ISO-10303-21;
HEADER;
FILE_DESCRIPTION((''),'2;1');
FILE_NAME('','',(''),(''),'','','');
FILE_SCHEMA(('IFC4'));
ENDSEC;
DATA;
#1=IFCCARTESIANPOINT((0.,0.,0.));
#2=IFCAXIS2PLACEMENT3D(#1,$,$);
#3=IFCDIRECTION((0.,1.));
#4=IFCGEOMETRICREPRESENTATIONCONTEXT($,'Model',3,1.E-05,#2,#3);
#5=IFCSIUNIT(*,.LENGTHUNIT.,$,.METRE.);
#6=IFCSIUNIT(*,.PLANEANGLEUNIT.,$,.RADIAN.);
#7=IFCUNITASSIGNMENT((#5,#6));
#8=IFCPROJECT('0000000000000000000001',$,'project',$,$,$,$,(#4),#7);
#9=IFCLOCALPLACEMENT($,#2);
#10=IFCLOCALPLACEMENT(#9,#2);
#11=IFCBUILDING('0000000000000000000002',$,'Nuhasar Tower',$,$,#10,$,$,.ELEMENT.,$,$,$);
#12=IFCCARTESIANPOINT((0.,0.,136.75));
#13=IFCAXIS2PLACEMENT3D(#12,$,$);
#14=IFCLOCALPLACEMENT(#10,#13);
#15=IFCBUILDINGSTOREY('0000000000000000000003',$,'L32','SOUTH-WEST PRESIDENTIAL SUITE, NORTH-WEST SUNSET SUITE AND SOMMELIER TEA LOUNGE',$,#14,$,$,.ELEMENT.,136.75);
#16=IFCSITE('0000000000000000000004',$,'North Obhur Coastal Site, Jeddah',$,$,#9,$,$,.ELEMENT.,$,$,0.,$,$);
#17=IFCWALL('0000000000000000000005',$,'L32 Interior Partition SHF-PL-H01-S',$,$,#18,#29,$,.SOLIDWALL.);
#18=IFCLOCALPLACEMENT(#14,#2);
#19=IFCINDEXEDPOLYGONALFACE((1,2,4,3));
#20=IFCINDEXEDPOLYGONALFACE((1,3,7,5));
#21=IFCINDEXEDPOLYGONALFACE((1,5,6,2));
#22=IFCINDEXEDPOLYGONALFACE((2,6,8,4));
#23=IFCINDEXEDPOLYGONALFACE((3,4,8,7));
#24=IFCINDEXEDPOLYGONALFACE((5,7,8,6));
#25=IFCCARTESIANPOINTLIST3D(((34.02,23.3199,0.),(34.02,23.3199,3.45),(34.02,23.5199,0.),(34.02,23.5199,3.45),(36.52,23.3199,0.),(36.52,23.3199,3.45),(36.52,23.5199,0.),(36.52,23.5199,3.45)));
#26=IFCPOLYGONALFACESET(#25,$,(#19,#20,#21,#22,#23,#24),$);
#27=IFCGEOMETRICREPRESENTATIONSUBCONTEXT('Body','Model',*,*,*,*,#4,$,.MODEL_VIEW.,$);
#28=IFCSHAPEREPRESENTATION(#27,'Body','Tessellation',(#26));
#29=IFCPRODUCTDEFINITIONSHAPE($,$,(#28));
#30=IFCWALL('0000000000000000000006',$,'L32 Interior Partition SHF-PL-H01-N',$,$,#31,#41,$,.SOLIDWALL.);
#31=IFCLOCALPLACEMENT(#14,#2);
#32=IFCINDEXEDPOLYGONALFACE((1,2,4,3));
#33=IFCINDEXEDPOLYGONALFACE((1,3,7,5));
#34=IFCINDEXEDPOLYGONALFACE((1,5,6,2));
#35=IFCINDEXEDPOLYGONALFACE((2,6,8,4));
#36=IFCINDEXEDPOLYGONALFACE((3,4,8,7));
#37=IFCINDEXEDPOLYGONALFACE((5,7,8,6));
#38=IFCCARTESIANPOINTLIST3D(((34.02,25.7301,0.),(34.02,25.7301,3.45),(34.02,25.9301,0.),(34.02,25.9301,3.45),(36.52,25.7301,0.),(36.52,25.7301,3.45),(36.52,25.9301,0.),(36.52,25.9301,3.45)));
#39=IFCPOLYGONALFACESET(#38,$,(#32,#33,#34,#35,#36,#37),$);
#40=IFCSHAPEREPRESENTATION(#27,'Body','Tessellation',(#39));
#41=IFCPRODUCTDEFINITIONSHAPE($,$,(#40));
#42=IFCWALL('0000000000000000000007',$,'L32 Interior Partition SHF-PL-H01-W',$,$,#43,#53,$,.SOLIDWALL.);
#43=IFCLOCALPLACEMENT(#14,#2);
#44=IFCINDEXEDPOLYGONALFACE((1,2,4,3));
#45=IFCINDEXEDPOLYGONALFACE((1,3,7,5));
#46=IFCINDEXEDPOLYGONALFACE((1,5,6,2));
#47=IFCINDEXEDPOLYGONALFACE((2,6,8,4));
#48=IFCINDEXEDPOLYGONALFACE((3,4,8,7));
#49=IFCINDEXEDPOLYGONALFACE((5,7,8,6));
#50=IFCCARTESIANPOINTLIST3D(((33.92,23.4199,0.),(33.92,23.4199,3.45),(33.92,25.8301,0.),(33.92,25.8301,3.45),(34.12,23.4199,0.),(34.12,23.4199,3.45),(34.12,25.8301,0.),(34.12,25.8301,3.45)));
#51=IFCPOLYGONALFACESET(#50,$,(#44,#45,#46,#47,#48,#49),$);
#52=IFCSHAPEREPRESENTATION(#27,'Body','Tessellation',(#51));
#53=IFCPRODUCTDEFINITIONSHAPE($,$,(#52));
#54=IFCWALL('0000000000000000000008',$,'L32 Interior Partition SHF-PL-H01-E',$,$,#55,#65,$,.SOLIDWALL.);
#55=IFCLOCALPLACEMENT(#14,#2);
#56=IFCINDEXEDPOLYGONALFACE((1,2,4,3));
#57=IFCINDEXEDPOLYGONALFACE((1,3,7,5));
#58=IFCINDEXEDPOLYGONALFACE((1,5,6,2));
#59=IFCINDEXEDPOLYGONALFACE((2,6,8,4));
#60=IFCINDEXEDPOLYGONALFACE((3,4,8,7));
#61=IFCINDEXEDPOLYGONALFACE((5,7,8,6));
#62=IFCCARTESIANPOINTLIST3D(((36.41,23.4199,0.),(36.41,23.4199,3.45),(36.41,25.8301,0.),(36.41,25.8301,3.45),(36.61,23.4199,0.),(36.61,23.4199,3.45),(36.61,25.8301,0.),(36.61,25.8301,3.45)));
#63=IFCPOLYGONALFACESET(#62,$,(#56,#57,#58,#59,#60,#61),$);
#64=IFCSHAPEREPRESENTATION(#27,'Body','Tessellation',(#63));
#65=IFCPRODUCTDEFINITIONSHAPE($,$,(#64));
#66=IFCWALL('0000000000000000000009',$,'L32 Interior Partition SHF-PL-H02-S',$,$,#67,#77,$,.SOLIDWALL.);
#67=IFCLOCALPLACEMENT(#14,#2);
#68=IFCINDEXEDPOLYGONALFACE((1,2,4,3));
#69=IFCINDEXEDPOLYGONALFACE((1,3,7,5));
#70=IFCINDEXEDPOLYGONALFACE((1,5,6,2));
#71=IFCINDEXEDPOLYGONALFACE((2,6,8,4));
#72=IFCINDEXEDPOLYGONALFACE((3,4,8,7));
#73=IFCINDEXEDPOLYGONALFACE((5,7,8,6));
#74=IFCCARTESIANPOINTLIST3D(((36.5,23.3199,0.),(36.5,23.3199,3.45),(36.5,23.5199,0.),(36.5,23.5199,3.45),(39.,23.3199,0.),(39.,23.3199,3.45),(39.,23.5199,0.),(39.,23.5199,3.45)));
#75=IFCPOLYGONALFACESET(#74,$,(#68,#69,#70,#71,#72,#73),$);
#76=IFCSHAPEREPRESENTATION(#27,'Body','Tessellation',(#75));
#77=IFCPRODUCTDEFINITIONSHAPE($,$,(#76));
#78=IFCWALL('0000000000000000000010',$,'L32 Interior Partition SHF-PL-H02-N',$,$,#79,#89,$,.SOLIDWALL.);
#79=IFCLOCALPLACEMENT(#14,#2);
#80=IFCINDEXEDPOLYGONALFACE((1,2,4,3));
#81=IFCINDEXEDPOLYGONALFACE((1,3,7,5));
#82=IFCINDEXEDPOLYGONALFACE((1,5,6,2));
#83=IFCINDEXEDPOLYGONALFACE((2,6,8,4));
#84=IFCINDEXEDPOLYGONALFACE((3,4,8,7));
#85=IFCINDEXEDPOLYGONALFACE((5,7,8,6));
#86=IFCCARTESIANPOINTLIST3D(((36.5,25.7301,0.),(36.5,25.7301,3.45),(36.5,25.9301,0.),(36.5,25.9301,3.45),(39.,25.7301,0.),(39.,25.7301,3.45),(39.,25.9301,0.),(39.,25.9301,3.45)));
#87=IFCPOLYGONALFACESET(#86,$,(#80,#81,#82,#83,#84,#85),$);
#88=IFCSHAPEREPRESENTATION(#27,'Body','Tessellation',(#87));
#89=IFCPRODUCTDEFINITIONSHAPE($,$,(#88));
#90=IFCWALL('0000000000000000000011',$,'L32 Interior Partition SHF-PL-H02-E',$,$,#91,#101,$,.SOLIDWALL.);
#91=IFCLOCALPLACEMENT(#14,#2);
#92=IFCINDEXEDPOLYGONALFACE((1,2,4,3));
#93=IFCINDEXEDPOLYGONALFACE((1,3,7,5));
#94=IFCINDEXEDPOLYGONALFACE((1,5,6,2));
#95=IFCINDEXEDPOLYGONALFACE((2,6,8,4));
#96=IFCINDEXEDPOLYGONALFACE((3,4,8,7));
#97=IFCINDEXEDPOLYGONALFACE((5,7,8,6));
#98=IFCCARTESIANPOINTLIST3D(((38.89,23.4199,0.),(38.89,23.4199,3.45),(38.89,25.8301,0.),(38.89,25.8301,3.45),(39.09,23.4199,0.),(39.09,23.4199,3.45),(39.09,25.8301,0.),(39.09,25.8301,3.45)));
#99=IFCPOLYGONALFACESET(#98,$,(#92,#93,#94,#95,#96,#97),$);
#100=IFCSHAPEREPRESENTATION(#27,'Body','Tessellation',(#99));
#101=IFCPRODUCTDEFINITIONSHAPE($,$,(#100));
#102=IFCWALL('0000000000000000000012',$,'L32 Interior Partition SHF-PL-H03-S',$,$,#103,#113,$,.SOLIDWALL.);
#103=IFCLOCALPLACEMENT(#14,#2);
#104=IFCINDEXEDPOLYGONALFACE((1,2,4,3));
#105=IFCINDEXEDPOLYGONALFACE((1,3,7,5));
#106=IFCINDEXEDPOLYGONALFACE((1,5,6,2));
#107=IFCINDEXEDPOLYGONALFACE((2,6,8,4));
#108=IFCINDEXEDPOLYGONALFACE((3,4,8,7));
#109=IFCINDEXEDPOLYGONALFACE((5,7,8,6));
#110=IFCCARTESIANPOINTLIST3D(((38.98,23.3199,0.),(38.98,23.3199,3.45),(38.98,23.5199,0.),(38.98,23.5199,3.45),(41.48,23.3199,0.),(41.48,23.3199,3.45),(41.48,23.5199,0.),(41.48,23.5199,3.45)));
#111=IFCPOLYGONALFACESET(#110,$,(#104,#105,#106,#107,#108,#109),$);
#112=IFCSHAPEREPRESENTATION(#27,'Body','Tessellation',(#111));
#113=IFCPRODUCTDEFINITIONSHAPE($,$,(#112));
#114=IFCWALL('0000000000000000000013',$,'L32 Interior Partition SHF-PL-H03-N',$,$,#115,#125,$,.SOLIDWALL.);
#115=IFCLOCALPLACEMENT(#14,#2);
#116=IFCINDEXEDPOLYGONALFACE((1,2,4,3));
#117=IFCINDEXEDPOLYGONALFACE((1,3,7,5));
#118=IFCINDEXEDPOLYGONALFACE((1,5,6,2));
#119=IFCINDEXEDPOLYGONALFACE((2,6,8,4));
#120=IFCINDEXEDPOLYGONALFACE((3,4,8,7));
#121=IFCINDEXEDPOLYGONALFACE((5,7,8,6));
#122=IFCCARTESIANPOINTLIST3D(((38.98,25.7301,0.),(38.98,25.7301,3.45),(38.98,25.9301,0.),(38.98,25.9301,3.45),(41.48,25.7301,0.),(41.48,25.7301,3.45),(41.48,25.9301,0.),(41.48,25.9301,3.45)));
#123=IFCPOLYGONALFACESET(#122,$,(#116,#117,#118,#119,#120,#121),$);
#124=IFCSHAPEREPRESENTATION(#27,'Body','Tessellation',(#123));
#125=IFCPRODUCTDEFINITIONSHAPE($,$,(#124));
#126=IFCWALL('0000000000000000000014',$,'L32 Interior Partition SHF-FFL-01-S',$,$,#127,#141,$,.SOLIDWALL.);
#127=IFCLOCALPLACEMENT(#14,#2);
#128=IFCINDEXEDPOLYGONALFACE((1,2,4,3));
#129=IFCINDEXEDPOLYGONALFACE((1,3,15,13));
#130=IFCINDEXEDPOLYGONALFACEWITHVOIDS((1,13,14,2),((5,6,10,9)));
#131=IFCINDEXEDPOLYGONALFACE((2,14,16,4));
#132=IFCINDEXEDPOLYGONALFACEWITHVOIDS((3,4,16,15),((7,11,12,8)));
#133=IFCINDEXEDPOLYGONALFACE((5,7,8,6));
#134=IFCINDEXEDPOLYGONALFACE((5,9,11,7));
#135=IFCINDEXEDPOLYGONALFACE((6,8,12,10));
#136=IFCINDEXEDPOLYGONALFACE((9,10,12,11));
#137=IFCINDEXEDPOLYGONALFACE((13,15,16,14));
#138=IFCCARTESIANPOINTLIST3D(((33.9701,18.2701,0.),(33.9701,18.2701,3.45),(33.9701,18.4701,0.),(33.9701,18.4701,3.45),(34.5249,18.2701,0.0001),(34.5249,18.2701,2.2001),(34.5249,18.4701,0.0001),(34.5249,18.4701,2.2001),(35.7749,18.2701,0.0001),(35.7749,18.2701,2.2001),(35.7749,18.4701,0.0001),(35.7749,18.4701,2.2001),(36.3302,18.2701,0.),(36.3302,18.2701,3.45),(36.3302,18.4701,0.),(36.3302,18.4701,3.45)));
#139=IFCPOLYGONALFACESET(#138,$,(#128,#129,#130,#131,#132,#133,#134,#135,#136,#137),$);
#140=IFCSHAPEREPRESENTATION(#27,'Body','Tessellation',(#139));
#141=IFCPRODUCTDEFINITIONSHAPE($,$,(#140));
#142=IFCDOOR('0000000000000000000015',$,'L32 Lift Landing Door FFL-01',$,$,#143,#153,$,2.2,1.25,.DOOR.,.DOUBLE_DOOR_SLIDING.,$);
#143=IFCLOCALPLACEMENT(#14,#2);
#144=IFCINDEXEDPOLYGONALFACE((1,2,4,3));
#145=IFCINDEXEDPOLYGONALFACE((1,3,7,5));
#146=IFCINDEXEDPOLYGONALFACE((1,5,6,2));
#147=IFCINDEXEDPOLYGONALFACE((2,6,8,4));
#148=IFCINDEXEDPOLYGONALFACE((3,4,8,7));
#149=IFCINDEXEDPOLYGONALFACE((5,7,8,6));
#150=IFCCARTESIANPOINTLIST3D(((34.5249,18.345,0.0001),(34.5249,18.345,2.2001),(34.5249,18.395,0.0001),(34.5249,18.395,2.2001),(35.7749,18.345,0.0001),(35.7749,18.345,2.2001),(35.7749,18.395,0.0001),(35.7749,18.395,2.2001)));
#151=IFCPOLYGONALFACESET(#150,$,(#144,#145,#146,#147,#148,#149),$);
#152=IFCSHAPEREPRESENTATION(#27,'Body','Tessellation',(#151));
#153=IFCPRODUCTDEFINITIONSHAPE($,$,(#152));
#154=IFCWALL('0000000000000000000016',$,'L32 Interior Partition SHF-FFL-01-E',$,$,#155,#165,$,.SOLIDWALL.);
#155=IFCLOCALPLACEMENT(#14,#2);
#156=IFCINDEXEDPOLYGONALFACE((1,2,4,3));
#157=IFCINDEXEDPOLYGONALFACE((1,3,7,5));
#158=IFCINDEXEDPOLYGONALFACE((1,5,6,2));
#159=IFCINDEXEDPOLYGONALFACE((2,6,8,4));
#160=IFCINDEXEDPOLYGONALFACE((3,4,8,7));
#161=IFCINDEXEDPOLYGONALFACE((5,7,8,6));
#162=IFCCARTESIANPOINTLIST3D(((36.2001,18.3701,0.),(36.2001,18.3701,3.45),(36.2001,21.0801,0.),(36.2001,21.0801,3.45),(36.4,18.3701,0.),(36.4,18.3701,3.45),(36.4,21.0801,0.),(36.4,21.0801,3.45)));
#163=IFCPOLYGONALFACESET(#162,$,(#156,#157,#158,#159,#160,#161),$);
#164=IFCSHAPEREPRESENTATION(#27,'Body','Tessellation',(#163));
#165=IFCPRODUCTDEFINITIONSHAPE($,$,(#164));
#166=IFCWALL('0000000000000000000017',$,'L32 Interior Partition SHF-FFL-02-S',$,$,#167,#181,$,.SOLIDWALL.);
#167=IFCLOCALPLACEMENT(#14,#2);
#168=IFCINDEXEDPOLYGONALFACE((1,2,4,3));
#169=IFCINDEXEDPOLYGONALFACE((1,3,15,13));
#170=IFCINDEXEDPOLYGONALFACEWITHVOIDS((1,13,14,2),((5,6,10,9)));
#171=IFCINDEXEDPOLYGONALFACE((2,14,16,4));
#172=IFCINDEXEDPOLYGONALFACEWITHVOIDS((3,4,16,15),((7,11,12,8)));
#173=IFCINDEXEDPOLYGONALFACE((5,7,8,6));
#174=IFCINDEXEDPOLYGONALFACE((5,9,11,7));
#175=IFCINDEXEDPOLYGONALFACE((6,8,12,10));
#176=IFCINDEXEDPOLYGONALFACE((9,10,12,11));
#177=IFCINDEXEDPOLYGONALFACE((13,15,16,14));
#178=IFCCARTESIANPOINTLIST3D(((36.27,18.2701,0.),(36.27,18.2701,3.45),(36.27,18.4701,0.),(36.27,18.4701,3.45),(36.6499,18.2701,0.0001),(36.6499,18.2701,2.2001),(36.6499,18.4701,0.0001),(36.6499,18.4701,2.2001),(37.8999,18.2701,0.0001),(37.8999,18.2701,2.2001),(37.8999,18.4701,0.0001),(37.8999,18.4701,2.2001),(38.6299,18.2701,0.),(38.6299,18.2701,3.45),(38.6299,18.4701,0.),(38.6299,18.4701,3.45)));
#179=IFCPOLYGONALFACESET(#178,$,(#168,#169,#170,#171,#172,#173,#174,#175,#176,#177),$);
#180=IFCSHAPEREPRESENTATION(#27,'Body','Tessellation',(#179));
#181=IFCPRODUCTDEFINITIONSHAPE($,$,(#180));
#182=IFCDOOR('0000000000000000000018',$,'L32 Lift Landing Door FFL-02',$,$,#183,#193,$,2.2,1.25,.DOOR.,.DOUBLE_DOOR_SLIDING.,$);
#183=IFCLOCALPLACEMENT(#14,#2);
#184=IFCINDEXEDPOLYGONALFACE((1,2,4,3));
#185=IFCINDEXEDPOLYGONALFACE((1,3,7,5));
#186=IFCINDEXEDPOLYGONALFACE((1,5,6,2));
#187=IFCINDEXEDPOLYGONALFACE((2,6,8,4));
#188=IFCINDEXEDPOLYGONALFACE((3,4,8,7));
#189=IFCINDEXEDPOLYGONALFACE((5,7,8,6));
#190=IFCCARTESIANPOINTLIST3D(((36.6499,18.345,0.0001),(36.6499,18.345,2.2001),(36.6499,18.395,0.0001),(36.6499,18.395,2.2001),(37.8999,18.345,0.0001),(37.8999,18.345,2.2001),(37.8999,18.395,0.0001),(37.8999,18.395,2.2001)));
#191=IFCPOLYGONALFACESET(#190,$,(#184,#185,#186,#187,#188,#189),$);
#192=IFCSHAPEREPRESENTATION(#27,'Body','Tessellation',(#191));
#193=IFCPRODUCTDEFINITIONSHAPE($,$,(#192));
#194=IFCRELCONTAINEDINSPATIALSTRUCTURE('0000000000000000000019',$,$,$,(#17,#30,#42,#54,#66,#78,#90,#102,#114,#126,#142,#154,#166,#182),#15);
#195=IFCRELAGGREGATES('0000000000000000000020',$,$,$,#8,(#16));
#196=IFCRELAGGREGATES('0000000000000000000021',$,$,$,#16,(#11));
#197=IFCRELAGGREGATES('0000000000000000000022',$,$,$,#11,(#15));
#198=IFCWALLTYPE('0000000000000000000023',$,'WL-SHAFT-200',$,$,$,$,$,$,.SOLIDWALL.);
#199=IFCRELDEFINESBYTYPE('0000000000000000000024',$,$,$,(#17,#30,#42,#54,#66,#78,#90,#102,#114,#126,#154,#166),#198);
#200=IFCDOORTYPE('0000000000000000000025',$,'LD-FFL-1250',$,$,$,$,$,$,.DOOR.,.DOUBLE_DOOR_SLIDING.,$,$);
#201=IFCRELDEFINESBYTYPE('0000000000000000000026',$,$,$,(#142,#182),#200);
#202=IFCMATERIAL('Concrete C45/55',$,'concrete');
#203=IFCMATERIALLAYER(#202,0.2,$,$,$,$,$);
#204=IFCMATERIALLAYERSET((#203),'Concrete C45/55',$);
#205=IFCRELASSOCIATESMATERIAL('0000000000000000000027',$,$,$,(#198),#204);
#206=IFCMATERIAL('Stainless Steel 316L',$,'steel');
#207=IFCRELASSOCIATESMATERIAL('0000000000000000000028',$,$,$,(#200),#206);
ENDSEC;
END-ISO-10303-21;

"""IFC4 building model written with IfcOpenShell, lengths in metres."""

from ifc_helpers import new_model, si_unit, direction, frame, frame_2d, origin, place, context, subcontext, project, spatial, rectangle, extrude, material, layer, layer_set, type_object, element, fill, save


model = new_model("IFC4")

# Units and contexts
model_context = context("Model", 3, precision=1e-05, world=origin(), true_north=direction((0.0, 1.0)))
body_context = subcontext(model_context, "Body", "Model", "MODEL_VIEW")
ifc_project = project(units=[si_unit("LENGTHUNIT", "METRE"), si_unit("PLANEANGLEUNIT", "RADIAN")], contexts=[model_context])

# Site, building, storey
site_placement = place(None, origin())
site = spatial("IfcSite", under=ifc_project, at=site_placement, Name="North Obhur Coastal Site, Jeddah", CompositionType="ELEMENT", RefElevation=0.0)
building_placement = place(site_placement, origin())
building = spatial("IfcBuilding", under=site, at=building_placement, Name="Nuhasar Tower", CompositionType="ELEMENT")
storey_placement = place(building_placement, frame((0.0, 0.0, 136.75)))
storey = spatial("IfcBuildingStorey", under=building, at=storey_placement, Name="L32", Description="SOUTH-WEST PRESIDENTIAL SUITE, NORTH-WEST SUNSET SUITE AND SOMMELIER TEA LOUNGE", CompositionType="ELEMENT", Elevation=136.75)

# Shared definitions
ifc_material_1 = material(Name="Concrete C45/55", Category="concrete")

# Walls
ifc_layer_1 = layer(ifc_material_1, 0.2)
ifc_layer_set_1 = layer_set([ifc_layer_1], Name="Concrete C45/55")
wall_type_1 = type_object("IfcWallType", Name="WL-SHAFT-200", PredefinedType="SOLIDWALL", material=ifc_layer_set_1)
for number, where, z_axis, x_axis, name in (
    (1, (34.02, 23.4199, 0.0), (0.0, 0.0, 1.0), (1.0, 0.0, 0.0), "L32 Interior Partition SHF-PL-H01-S"),
    (2, (34.02, 25.8301, 0.0), (0.0, 0.0, 1.0), (1.0, 0.0, 0.0), "L32 Interior Partition SHF-PL-H01-N"),
):
    element("IfcWall", number, at=place(storey_placement, frame(where, z_axis=z_axis, x_axis=x_axis)), inside=storey, type_object=wall_type_1, Name=name, PredefinedType="SOLIDWALL", context=body_context, shape_type="SweptSolid", body=[
        extrude(rectangle(XDim=2.5, YDim=0.2, at=frame_2d((1.25, 0.0))), origin(), (0.0, 0.0, 1.0), 3.45),
    ])
for number, where, z_axis, x_axis, name in (
    (3, (34.02, 23.4199, 0.0), (0.0, 0.0, 1.0), (0.0, 1.0, 0.0), "L32 Interior Partition SHF-PL-H01-W"),
    (4, (36.51, 23.4199, 0.0), (0.0, 0.0, 1.0), (0.0, 1.0, 0.0), "L32 Interior Partition SHF-PL-H01-E"),
):
    element("IfcWall", number, at=place(storey_placement, frame(where, z_axis=z_axis, x_axis=x_axis)), inside=storey, type_object=wall_type_1, Name=name, PredefinedType="SOLIDWALL", context=body_context, shape_type="SweptSolid", body=[
        extrude(rectangle(XDim=2.4102, YDim=0.2, at=frame_2d((1.2051, 0.0))), origin(), (0.0, 0.0, 1.0), 3.45),
    ])
for number, where, z_axis, x_axis, name in (
    (5, (36.5, 23.4199, 0.0), (0.0, 0.0, 1.0), (1.0, 0.0, 0.0), "L32 Interior Partition SHF-PL-H02-S"),
    (6, (36.5, 25.8301, 0.0), (0.0, 0.0, 1.0), (1.0, 0.0, 0.0), "L32 Interior Partition SHF-PL-H02-N"),
):
    element("IfcWall", number, at=place(storey_placement, frame(where, z_axis=z_axis, x_axis=x_axis)), inside=storey, type_object=wall_type_1, Name=name, PredefinedType="SOLIDWALL", context=body_context, shape_type="SweptSolid", body=[
        extrude(rectangle(XDim=2.5, YDim=0.2, at=frame_2d((1.25, 0.0))), origin(), (0.0, 0.0, 1.0), 3.45),
    ])
wall_1_placement = place(storey_placement, frame((38.99, 23.4199, 0.0), z_axis=(0.0, 0.0, 1.0), x_axis=(0.0, 1.0, 0.0)))
element("IfcWall", 7, at=wall_1_placement, inside=storey, type_object=wall_type_1, Name="L32 Interior Partition SHF-PL-H02-E", PredefinedType="SOLIDWALL", context=body_context, shape_type="SweptSolid", body=[
    extrude(rectangle(XDim=2.4102, YDim=0.2, at=frame_2d((1.2051, 0.0))), origin(), (0.0, 0.0, 1.0), 3.45),
])
for number, where, z_axis, x_axis, name in (
    (8, (38.98, 23.4199, 0.0), (0.0, 0.0, 1.0), (1.0, 0.0, 0.0), "L32 Interior Partition SHF-PL-H03-S"),
    (9, (38.98, 25.8301, 0.0), (0.0, 0.0, 1.0), (1.0, 0.0, 0.0), "L32 Interior Partition SHF-PL-H03-N"),
):
    element("IfcWall", number, at=place(storey_placement, frame(where, z_axis=z_axis, x_axis=x_axis)), inside=storey, type_object=wall_type_1, Name=name, PredefinedType="SOLIDWALL", context=body_context, shape_type="SweptSolid", body=[
        extrude(rectangle(XDim=2.5, YDim=0.2, at=frame_2d((1.25, 0.0))), origin(), (0.0, 0.0, 1.0), 3.45),
    ])

# Wall, opening, door
wall_2_placement = place(storey_placement, frame((33.97, 18.3701, 0.0), z_axis=(0.0, 0.0, 1.0), x_axis=(1.0, 0.0, 0.0)))
wall_2 = element("IfcWall", 10, at=wall_2_placement, inside=storey, type_object=wall_type_1, Name="L32 Interior Partition SHF-FFL-01-S", PredefinedType="SOLIDWALL", context=body_context, shape_type="SweptSolid", body=[
    extrude(rectangle(XDim=2.3601, YDim=0.2, at=frame_2d((1.1802, 0.0))), origin(), (0.0, 0.0, 1.0), 3.45),
])
opening_1_placement = place(wall_2_placement, frame((0.5549, 0.0, 0.0)))
opening_1 = element("IfcOpeningElement", 11, at=opening_1_placement, cuts=wall_2, PredefinedType="OPENING", context=body_context, shape_type="SweptSolid", body=[
    extrude(rectangle(XDim=1.25, YDim=2.2, at=frame_2d((0.625, 1.1001))), frame((0.0, 0.1099, 0.0), z_axis=(0.0, -1.0, 0.0), x_axis=(1.0, 0.0, 0.0)), (0.0, 0.0, 1.0), 0.22),
])
ifc_material_2 = material(Name="Stainless Steel 316L", Category="steel")
door_type_1 = type_object("IfcDoorType", Name="LD-FFL-1250", OperationType="DOUBLE_DOOR_SLIDING", PredefinedType="DOOR", material=ifc_material_2)
door_1_placement = place(opening_1_placement, origin())
door_1 = element("IfcDoor", 12, at=door_1_placement, inside=storey, type_object=door_type_1, Name="L32 Lift Landing Door FFL-01", OperationType="DOUBLE_DOOR_SLIDING", OverallHeight=2.2, OverallWidth=1.25, PredefinedType="DOOR", context=body_context, shape_type="SweptSolid", body=[
    extrude(rectangle(XDim=1.25, YDim=2.2, at=frame_2d((0.625, 1.1001))), frame((0.0, 0.0249, 0.0), z_axis=(0.0, -1.0, 0.0), x_axis=(1.0, 0.0, 0.0)), (0.0, 0.0, 1.0), 0.05),
])
fill(opening_1, door_1)

# Wall
wall_3_placement = place(storey_placement, frame((36.3, 18.3701, 0.0), z_axis=(0.0, 0.0, 1.0), x_axis=(0.0, 1.0, 0.0)))
element("IfcWall", 13, at=wall_3_placement, inside=storey, type_object=wall_type_1, Name="L32 Interior Partition SHF-FFL-01-E", PredefinedType="SOLIDWALL", context=body_context, shape_type="SweptSolid", body=[
    extrude(rectangle(XDim=2.71, YDim=0.2, at=frame_2d((1.355, 0.0))), origin(), (0.0, 0.0, 1.0), 3.45),
])

# Wall, opening, door
wall_4_placement = place(storey_placement, frame((36.27, 18.3701, 0.0), z_axis=(0.0, 0.0, 1.0), x_axis=(1.0, 0.0, 0.0)))
wall_4 = element("IfcWall", 14, at=wall_4_placement, inside=storey, type_object=wall_type_1, Name="L32 Interior Partition SHF-FFL-02-S", PredefinedType="SOLIDWALL", context=body_context, shape_type="SweptSolid", body=[
    extrude(rectangle(XDim=2.3599, YDim=0.2, at=frame_2d((1.1799, 0.0))), origin(), (0.0, 0.0, 1.0), 3.45),
])
opening_2_placement = place(wall_4_placement, frame((0.3799, 0.0, 0.0)))
opening_2 = element("IfcOpeningElement", 15, at=opening_2_placement, cuts=wall_4, PredefinedType="OPENING", context=body_context, shape_type="SweptSolid", body=[
    extrude(rectangle(XDim=1.25, YDim=2.2, at=frame_2d((0.625, 1.1001))), frame((0.0, 0.1099, 0.0), z_axis=(0.0, -1.0, 0.0), x_axis=(1.0, 0.0, 0.0)), (0.0, 0.0, 1.0), 0.22),
])
door_2_placement = place(opening_2_placement, origin())
door_2 = element("IfcDoor", 16, at=door_2_placement, inside=storey, type_object=door_type_1, Name="L32 Lift Landing Door FFL-02", OperationType="DOUBLE_DOOR_SLIDING", OverallHeight=2.2, OverallWidth=1.25, PredefinedType="DOOR", context=body_context, shape_type="SweptSolid", body=[
    extrude(rectangle(XDim=1.25, YDim=2.2, at=frame_2d((0.625, 1.1001))), frame((0.0, 0.0249, 0.0), z_axis=(0.0, -1.0, 0.0), x_axis=(1.0, 0.0, 0.0)), (0.0, 0.0, 1.0), 0.05),
])
fill(opening_2, door_2)

save(model, "model.ifc")
